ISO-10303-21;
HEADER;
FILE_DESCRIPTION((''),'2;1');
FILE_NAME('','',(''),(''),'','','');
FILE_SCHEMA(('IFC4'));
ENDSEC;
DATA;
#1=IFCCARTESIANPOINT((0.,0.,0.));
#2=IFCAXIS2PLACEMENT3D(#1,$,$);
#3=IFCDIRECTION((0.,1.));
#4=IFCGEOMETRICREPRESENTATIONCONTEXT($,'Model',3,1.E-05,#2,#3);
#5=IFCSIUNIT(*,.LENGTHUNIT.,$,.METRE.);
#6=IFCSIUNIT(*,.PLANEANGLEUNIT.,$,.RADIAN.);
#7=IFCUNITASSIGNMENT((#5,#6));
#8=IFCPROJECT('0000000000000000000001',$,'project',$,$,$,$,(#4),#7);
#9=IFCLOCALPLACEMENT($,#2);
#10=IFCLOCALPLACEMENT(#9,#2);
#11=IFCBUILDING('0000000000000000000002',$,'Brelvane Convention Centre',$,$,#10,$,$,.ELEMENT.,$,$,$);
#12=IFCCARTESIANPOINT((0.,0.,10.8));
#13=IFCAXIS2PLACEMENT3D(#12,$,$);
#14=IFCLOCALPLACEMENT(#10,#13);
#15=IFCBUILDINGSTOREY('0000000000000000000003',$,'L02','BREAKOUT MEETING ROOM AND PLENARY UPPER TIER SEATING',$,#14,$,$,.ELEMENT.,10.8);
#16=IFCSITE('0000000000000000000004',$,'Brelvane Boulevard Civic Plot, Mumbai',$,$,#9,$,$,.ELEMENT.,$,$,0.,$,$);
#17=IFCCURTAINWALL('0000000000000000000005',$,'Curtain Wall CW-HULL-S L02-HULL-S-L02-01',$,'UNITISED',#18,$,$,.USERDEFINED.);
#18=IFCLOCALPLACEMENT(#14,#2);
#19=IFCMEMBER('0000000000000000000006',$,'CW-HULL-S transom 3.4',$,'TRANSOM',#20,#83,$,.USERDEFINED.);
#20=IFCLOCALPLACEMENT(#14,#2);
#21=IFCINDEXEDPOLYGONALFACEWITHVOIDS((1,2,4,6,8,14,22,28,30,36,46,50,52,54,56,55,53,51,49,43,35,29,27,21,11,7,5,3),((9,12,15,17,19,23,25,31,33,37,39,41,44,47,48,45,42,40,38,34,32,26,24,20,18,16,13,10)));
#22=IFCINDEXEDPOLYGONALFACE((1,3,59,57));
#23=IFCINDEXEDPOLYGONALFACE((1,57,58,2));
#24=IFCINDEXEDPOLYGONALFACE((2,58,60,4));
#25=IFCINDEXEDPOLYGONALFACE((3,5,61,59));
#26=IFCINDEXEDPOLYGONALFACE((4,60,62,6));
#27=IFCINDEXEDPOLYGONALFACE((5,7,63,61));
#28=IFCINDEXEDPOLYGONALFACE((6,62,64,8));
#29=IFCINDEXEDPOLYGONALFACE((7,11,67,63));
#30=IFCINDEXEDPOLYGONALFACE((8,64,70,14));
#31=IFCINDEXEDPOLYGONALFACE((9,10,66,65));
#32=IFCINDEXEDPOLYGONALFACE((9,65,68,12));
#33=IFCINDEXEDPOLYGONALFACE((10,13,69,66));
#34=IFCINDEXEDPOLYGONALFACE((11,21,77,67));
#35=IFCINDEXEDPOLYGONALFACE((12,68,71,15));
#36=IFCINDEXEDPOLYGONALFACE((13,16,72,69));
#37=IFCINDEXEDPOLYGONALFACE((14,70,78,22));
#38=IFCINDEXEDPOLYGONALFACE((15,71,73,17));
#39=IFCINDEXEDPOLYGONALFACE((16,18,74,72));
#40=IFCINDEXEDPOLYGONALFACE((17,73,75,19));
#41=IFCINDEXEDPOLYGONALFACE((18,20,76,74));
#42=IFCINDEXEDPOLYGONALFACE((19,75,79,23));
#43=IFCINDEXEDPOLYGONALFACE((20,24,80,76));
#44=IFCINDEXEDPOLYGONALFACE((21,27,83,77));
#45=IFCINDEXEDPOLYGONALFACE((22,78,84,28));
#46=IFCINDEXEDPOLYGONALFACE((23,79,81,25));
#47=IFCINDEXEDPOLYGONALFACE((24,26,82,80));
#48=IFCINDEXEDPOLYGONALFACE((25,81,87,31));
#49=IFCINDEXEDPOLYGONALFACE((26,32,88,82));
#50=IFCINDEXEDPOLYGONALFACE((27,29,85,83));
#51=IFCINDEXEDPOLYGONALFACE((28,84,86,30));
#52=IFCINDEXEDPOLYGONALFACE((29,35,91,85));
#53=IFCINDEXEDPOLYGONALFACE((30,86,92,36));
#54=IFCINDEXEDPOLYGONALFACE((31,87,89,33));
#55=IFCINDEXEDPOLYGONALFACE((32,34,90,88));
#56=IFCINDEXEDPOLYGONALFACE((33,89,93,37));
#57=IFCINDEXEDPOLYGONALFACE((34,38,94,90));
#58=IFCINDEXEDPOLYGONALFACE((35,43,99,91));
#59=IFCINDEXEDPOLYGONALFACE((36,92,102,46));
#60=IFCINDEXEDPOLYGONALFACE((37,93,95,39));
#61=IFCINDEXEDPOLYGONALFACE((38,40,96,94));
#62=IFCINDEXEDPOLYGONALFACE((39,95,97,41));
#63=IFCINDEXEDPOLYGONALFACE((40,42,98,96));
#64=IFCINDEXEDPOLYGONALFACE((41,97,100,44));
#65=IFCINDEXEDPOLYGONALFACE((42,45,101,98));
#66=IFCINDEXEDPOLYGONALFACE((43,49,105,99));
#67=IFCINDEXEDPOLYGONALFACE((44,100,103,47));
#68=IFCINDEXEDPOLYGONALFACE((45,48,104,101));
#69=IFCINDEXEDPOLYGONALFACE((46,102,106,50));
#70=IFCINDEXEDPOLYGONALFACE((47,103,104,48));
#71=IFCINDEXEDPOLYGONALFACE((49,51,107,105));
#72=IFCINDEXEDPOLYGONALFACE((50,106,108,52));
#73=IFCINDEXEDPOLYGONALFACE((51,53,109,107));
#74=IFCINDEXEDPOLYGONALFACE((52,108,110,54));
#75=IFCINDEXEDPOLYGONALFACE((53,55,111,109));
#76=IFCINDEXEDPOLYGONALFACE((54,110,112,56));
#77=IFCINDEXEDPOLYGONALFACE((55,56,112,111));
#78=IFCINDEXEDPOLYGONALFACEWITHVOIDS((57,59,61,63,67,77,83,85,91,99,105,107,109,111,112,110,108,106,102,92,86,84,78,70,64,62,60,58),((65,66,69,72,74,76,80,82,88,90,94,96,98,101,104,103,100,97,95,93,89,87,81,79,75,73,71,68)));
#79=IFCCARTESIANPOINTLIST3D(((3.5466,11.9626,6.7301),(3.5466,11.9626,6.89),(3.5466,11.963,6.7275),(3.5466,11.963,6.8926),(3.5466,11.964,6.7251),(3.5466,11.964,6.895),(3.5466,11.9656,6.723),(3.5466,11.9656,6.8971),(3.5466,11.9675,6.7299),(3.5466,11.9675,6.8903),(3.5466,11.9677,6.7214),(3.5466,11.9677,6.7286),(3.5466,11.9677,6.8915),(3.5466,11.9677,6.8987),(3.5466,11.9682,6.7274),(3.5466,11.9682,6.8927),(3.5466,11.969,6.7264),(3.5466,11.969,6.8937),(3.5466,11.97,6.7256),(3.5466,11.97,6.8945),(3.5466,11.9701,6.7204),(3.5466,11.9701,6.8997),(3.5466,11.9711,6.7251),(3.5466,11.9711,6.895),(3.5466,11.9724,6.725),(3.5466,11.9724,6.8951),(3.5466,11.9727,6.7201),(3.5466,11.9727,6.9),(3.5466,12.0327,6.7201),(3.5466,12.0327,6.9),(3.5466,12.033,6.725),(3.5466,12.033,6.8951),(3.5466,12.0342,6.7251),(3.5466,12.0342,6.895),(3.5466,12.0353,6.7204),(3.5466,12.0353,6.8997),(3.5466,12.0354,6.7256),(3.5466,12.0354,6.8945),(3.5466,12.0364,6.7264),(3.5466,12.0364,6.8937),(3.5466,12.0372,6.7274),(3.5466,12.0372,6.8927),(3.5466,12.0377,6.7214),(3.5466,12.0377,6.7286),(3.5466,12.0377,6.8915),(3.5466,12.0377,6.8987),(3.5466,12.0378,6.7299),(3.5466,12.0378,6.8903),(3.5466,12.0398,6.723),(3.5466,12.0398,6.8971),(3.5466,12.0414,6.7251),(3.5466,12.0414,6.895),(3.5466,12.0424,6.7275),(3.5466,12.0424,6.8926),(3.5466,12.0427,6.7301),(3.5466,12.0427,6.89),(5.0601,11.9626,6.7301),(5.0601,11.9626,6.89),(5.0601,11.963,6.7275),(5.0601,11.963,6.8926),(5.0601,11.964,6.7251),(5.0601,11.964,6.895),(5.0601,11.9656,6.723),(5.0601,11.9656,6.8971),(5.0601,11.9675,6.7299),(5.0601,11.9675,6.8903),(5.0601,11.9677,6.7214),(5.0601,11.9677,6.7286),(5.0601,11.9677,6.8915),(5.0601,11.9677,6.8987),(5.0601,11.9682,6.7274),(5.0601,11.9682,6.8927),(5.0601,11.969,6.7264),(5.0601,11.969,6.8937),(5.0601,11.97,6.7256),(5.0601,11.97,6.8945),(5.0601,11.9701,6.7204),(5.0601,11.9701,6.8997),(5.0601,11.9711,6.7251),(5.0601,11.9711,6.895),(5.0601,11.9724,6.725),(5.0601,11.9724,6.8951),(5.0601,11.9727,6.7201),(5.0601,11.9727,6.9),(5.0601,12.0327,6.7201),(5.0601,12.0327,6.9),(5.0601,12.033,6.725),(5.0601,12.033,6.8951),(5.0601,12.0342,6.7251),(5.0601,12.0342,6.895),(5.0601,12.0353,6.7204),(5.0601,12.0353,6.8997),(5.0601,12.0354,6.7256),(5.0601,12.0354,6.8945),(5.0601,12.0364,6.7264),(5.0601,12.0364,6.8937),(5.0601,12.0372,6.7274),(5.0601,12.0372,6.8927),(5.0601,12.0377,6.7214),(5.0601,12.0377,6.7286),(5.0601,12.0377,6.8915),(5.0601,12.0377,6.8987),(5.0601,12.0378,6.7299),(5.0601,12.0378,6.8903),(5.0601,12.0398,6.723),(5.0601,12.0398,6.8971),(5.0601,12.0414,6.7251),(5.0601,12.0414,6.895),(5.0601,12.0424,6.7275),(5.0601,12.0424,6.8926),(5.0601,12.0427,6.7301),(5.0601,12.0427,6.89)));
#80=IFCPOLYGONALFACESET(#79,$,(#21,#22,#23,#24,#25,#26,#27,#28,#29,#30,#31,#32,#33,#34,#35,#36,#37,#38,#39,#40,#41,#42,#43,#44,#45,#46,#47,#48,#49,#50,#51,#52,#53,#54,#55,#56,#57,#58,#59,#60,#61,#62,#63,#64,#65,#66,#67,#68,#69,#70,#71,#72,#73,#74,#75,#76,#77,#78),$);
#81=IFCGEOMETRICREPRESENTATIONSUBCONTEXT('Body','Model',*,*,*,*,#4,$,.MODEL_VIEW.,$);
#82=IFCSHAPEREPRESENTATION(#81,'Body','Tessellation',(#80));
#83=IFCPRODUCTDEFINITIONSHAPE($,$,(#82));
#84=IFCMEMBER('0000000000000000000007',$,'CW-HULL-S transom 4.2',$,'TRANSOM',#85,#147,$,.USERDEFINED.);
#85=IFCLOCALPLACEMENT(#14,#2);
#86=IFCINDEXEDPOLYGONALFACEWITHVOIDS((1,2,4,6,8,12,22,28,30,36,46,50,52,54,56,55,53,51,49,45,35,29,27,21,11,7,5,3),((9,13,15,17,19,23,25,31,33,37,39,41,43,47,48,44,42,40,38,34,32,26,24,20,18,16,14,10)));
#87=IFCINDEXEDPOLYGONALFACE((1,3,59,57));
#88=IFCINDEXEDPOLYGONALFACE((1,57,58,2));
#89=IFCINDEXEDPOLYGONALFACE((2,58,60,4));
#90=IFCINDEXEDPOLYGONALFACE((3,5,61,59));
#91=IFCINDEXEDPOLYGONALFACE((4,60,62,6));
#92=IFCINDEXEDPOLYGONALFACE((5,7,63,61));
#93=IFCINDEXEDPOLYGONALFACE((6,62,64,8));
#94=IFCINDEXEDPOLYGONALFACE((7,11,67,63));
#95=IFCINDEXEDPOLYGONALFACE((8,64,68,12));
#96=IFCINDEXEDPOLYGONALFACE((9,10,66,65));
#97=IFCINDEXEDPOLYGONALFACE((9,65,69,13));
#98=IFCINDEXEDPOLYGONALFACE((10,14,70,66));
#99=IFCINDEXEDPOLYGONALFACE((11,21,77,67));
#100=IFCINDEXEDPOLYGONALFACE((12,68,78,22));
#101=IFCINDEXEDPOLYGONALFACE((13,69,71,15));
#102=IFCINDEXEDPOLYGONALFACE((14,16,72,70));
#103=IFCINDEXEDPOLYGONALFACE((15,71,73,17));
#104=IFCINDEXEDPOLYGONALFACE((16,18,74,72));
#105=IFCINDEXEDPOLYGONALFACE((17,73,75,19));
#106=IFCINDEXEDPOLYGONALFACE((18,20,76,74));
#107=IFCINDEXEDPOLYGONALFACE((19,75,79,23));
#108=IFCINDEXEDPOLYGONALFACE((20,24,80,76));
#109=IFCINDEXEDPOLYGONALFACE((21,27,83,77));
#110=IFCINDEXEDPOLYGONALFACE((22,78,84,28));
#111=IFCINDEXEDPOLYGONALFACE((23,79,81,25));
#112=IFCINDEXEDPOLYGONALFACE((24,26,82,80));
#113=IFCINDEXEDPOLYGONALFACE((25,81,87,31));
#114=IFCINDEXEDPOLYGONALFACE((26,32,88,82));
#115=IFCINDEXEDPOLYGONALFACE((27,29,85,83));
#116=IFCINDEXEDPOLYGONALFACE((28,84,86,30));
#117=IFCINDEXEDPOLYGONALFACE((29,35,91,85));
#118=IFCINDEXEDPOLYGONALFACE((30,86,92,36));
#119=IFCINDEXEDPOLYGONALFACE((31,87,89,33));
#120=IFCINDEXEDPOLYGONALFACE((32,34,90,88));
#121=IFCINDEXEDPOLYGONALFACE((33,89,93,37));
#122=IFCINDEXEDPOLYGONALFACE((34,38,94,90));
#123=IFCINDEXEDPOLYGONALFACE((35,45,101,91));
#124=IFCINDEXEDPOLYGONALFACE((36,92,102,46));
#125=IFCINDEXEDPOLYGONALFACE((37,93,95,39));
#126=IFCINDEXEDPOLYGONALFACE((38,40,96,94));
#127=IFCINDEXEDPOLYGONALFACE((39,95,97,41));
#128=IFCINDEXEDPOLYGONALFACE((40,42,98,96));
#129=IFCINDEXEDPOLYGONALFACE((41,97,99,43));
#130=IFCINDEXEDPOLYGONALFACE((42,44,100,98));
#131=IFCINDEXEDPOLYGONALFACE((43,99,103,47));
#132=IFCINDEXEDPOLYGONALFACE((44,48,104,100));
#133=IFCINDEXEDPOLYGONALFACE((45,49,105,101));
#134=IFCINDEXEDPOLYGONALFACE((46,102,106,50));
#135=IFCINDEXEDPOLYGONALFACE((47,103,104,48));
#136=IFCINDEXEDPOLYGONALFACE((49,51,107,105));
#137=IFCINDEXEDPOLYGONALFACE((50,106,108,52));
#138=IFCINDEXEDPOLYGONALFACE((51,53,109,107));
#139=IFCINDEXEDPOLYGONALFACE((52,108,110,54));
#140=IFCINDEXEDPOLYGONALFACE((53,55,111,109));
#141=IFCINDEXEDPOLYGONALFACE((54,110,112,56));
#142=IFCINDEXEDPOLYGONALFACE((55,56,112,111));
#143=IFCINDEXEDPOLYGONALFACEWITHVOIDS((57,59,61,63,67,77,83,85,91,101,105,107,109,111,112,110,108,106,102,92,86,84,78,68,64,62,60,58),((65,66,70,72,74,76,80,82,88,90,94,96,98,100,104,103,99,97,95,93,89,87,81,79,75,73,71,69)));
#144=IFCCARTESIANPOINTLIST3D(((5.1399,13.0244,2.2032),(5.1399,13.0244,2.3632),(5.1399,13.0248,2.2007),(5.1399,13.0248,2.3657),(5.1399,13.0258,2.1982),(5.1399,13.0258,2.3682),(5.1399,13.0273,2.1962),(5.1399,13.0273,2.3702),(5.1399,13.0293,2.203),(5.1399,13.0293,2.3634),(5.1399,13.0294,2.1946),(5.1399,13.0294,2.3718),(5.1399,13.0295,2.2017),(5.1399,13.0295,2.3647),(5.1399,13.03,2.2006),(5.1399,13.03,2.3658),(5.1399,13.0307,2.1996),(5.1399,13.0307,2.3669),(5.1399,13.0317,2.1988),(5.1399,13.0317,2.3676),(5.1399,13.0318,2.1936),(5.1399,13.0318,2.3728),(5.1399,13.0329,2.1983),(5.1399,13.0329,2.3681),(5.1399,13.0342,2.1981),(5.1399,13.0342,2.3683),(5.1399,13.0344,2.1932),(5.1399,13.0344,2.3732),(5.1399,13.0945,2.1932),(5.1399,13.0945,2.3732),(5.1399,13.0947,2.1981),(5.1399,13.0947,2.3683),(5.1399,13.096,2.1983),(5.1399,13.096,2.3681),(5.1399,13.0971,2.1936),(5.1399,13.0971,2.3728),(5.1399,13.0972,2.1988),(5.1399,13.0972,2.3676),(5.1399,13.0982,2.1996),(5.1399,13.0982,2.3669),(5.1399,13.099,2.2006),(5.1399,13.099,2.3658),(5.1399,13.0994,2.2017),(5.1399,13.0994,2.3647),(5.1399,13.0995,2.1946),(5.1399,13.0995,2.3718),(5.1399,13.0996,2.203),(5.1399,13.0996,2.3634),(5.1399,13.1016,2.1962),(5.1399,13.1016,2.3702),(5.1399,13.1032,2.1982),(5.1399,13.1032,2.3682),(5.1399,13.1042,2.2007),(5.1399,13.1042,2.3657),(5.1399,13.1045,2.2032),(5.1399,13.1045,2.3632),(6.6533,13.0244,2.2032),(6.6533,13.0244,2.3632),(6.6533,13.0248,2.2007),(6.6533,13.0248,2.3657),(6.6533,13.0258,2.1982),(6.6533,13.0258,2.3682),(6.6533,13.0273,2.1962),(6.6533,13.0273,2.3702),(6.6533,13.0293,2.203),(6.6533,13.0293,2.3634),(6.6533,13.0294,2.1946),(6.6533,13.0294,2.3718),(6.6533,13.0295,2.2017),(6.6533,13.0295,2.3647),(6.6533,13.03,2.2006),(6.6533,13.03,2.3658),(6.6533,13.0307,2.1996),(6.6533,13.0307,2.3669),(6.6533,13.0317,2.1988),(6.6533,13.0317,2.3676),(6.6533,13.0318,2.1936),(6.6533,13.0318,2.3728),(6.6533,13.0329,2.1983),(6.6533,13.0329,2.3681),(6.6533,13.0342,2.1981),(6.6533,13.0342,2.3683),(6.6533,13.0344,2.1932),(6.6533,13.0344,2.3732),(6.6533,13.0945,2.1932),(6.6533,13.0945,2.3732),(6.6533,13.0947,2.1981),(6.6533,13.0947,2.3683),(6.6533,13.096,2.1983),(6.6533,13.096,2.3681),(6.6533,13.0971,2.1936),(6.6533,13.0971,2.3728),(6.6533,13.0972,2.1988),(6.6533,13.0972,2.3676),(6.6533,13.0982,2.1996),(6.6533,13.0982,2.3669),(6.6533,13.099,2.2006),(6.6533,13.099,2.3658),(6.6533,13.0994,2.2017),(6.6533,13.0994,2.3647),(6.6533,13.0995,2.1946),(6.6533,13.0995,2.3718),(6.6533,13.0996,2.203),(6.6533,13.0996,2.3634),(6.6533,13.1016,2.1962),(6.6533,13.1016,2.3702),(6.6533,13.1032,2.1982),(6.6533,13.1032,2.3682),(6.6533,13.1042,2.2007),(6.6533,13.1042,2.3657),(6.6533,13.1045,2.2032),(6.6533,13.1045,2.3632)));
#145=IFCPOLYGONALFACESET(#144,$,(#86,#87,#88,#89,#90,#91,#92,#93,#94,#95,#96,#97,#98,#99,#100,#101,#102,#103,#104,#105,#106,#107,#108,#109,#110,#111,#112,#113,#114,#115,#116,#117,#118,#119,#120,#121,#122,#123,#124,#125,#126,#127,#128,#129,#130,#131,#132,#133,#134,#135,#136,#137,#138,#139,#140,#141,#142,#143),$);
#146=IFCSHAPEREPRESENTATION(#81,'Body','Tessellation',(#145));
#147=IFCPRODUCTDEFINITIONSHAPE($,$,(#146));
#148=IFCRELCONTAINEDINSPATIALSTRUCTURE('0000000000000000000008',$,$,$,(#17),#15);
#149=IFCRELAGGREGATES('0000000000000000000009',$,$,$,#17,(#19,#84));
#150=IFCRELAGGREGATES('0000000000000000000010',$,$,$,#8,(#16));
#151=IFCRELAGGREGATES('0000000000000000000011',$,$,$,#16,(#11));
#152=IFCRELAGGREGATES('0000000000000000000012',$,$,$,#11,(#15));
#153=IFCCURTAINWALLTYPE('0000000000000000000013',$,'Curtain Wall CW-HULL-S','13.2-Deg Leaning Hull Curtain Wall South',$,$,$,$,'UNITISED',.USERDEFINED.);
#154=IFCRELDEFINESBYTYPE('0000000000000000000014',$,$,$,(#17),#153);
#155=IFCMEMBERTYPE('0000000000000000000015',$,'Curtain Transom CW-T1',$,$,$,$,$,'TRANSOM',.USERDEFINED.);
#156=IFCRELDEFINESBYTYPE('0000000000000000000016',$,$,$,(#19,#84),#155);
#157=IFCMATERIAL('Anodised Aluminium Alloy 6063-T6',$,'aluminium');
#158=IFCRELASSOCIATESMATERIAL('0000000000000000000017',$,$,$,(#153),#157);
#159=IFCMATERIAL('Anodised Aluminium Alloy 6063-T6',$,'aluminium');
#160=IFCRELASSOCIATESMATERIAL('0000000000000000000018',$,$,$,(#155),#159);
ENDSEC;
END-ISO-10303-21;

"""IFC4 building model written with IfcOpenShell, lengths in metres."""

from ifc_helpers import new_model, si_unit, direction, frame, origin, origin_2d, place, context, subcontext, project, spatial, hollow_rectangle, extrude, material, material_profile, profile_set, type_object, element, aggregate, save


model = new_model("IFC4")

# Units and contexts
model_context = context("Model", 3, precision=1e-05, world=origin(), true_north=direction((0.0, 1.0)))
body_context = subcontext(model_context, "Body", "Model", "MODEL_VIEW")
ifc_project = project(units=[si_unit("LENGTHUNIT", "METRE"), si_unit("PLANEANGLEUNIT", "RADIAN")], contexts=[model_context])

# Site, building, storey
site_placement = place(None, origin())
site = spatial("IfcSite", under=ifc_project, at=site_placement, Name="Brelvane Boulevard Civic Plot, Mumbai", CompositionType="ELEMENT", RefElevation=0.0)
building_placement = place(site_placement, origin())
building = spatial("IfcBuilding", under=site, at=building_placement, Name="Brelvane Convention Centre", CompositionType="ELEMENT")
storey_placement = place(building_placement, frame((0.0, 0.0, 10.8)))
storey = spatial("IfcBuildingStorey", under=building, at=storey_placement, Name="L02", Description="BREAKOUT MEETING ROOM AND PLENARY UPPER TIER SEATING", CompositionType="ELEMENT", Elevation=10.8)

# Curtain wall, members
ifc_material_1 = material(Name="Anodised Aluminium Alloy 6063-T6", Category="aluminium")
curtain_wall_type = type_object("IfcCurtainWallType", Name="Curtain Wall CW-HULL-S", Description="13.2-Deg Leaning Hull Curtain Wall South", ElementType="UNITISED", PredefinedType="USERDEFINED", material=ifc_material_1)
curtain_wall_placement = place(storey_placement, origin())
curtain_wall = element("IfcCurtainWall", 1, at=curtain_wall_placement, inside=storey, type_object=curtain_wall_type, Name="Curtain Wall CW-HULL-S L02-HULL-S-L02-01", ObjectType="UNITISED", PredefinedType="USERDEFINED")
ifc_material_2 = material(Name="Anodised Aluminium Alloy 6063-T6", Category="aluminium")
ifc_material_profile = material_profile(ifc_material_2, hollow_rectangle(XDim=0.0801, YDim=0.1799, WallThickness=0.0049, InnerFilletRadius=0.0049, OuterFilletRadius=0.01, at=origin_2d()), Name="ALU-T 180x80x5.0")
ifc_profile_set = profile_set([ifc_material_profile], Name="Anodised Aluminium Alloy 6063-T6")
member_type = type_object("IfcMemberType", Name="Curtain Transom CW-T1", ElementType="TRANSOM", PredefinedType="USERDEFINED", material=ifc_profile_set)
member_1_placement = place(storey_placement, frame((3.5466, 12.0027, 6.8101), z_axis=(1.0, 0.0, 0.0), x_axis=(0.0, 1.0, 0.0)))
member_1 = element("IfcMember", 2, at=member_1_placement, type_object=member_type, Name="CW-HULL-S transom 3.4", ObjectType="TRANSOM", PredefinedType="USERDEFINED", context=body_context, shape_type="SweptSolid", body=[
    extrude(hollow_rectangle(XDim=0.0801, YDim=0.1799, WallThickness=0.0049, InnerFilletRadius=0.0049, OuterFilletRadius=0.01, at=origin_2d()), origin(), (0.0, 0.0, 1.0), 1.5134),
])
member_2_placement = place(storey_placement, frame((5.1399, 13.0645, 2.2832), z_axis=(1.0, 0.0, 0.0), x_axis=(0.0, 1.0, 0.0)))
member_2 = element("IfcMember", 3, at=member_2_placement, type_object=member_type, Name="CW-HULL-S transom 4.2", ObjectType="TRANSOM", PredefinedType="USERDEFINED", context=body_context, shape_type="SweptSolid", body=[
    extrude(hollow_rectangle(XDim=0.0801, YDim=0.1799, WallThickness=0.0049, InnerFilletRadius=0.0049, OuterFilletRadius=0.01, at=origin_2d()), origin(), (0.0, 0.0, 1.0), 1.5134),
])
aggregate(curtain_wall, [member_1, member_2])

save(model, "model.ifc")
